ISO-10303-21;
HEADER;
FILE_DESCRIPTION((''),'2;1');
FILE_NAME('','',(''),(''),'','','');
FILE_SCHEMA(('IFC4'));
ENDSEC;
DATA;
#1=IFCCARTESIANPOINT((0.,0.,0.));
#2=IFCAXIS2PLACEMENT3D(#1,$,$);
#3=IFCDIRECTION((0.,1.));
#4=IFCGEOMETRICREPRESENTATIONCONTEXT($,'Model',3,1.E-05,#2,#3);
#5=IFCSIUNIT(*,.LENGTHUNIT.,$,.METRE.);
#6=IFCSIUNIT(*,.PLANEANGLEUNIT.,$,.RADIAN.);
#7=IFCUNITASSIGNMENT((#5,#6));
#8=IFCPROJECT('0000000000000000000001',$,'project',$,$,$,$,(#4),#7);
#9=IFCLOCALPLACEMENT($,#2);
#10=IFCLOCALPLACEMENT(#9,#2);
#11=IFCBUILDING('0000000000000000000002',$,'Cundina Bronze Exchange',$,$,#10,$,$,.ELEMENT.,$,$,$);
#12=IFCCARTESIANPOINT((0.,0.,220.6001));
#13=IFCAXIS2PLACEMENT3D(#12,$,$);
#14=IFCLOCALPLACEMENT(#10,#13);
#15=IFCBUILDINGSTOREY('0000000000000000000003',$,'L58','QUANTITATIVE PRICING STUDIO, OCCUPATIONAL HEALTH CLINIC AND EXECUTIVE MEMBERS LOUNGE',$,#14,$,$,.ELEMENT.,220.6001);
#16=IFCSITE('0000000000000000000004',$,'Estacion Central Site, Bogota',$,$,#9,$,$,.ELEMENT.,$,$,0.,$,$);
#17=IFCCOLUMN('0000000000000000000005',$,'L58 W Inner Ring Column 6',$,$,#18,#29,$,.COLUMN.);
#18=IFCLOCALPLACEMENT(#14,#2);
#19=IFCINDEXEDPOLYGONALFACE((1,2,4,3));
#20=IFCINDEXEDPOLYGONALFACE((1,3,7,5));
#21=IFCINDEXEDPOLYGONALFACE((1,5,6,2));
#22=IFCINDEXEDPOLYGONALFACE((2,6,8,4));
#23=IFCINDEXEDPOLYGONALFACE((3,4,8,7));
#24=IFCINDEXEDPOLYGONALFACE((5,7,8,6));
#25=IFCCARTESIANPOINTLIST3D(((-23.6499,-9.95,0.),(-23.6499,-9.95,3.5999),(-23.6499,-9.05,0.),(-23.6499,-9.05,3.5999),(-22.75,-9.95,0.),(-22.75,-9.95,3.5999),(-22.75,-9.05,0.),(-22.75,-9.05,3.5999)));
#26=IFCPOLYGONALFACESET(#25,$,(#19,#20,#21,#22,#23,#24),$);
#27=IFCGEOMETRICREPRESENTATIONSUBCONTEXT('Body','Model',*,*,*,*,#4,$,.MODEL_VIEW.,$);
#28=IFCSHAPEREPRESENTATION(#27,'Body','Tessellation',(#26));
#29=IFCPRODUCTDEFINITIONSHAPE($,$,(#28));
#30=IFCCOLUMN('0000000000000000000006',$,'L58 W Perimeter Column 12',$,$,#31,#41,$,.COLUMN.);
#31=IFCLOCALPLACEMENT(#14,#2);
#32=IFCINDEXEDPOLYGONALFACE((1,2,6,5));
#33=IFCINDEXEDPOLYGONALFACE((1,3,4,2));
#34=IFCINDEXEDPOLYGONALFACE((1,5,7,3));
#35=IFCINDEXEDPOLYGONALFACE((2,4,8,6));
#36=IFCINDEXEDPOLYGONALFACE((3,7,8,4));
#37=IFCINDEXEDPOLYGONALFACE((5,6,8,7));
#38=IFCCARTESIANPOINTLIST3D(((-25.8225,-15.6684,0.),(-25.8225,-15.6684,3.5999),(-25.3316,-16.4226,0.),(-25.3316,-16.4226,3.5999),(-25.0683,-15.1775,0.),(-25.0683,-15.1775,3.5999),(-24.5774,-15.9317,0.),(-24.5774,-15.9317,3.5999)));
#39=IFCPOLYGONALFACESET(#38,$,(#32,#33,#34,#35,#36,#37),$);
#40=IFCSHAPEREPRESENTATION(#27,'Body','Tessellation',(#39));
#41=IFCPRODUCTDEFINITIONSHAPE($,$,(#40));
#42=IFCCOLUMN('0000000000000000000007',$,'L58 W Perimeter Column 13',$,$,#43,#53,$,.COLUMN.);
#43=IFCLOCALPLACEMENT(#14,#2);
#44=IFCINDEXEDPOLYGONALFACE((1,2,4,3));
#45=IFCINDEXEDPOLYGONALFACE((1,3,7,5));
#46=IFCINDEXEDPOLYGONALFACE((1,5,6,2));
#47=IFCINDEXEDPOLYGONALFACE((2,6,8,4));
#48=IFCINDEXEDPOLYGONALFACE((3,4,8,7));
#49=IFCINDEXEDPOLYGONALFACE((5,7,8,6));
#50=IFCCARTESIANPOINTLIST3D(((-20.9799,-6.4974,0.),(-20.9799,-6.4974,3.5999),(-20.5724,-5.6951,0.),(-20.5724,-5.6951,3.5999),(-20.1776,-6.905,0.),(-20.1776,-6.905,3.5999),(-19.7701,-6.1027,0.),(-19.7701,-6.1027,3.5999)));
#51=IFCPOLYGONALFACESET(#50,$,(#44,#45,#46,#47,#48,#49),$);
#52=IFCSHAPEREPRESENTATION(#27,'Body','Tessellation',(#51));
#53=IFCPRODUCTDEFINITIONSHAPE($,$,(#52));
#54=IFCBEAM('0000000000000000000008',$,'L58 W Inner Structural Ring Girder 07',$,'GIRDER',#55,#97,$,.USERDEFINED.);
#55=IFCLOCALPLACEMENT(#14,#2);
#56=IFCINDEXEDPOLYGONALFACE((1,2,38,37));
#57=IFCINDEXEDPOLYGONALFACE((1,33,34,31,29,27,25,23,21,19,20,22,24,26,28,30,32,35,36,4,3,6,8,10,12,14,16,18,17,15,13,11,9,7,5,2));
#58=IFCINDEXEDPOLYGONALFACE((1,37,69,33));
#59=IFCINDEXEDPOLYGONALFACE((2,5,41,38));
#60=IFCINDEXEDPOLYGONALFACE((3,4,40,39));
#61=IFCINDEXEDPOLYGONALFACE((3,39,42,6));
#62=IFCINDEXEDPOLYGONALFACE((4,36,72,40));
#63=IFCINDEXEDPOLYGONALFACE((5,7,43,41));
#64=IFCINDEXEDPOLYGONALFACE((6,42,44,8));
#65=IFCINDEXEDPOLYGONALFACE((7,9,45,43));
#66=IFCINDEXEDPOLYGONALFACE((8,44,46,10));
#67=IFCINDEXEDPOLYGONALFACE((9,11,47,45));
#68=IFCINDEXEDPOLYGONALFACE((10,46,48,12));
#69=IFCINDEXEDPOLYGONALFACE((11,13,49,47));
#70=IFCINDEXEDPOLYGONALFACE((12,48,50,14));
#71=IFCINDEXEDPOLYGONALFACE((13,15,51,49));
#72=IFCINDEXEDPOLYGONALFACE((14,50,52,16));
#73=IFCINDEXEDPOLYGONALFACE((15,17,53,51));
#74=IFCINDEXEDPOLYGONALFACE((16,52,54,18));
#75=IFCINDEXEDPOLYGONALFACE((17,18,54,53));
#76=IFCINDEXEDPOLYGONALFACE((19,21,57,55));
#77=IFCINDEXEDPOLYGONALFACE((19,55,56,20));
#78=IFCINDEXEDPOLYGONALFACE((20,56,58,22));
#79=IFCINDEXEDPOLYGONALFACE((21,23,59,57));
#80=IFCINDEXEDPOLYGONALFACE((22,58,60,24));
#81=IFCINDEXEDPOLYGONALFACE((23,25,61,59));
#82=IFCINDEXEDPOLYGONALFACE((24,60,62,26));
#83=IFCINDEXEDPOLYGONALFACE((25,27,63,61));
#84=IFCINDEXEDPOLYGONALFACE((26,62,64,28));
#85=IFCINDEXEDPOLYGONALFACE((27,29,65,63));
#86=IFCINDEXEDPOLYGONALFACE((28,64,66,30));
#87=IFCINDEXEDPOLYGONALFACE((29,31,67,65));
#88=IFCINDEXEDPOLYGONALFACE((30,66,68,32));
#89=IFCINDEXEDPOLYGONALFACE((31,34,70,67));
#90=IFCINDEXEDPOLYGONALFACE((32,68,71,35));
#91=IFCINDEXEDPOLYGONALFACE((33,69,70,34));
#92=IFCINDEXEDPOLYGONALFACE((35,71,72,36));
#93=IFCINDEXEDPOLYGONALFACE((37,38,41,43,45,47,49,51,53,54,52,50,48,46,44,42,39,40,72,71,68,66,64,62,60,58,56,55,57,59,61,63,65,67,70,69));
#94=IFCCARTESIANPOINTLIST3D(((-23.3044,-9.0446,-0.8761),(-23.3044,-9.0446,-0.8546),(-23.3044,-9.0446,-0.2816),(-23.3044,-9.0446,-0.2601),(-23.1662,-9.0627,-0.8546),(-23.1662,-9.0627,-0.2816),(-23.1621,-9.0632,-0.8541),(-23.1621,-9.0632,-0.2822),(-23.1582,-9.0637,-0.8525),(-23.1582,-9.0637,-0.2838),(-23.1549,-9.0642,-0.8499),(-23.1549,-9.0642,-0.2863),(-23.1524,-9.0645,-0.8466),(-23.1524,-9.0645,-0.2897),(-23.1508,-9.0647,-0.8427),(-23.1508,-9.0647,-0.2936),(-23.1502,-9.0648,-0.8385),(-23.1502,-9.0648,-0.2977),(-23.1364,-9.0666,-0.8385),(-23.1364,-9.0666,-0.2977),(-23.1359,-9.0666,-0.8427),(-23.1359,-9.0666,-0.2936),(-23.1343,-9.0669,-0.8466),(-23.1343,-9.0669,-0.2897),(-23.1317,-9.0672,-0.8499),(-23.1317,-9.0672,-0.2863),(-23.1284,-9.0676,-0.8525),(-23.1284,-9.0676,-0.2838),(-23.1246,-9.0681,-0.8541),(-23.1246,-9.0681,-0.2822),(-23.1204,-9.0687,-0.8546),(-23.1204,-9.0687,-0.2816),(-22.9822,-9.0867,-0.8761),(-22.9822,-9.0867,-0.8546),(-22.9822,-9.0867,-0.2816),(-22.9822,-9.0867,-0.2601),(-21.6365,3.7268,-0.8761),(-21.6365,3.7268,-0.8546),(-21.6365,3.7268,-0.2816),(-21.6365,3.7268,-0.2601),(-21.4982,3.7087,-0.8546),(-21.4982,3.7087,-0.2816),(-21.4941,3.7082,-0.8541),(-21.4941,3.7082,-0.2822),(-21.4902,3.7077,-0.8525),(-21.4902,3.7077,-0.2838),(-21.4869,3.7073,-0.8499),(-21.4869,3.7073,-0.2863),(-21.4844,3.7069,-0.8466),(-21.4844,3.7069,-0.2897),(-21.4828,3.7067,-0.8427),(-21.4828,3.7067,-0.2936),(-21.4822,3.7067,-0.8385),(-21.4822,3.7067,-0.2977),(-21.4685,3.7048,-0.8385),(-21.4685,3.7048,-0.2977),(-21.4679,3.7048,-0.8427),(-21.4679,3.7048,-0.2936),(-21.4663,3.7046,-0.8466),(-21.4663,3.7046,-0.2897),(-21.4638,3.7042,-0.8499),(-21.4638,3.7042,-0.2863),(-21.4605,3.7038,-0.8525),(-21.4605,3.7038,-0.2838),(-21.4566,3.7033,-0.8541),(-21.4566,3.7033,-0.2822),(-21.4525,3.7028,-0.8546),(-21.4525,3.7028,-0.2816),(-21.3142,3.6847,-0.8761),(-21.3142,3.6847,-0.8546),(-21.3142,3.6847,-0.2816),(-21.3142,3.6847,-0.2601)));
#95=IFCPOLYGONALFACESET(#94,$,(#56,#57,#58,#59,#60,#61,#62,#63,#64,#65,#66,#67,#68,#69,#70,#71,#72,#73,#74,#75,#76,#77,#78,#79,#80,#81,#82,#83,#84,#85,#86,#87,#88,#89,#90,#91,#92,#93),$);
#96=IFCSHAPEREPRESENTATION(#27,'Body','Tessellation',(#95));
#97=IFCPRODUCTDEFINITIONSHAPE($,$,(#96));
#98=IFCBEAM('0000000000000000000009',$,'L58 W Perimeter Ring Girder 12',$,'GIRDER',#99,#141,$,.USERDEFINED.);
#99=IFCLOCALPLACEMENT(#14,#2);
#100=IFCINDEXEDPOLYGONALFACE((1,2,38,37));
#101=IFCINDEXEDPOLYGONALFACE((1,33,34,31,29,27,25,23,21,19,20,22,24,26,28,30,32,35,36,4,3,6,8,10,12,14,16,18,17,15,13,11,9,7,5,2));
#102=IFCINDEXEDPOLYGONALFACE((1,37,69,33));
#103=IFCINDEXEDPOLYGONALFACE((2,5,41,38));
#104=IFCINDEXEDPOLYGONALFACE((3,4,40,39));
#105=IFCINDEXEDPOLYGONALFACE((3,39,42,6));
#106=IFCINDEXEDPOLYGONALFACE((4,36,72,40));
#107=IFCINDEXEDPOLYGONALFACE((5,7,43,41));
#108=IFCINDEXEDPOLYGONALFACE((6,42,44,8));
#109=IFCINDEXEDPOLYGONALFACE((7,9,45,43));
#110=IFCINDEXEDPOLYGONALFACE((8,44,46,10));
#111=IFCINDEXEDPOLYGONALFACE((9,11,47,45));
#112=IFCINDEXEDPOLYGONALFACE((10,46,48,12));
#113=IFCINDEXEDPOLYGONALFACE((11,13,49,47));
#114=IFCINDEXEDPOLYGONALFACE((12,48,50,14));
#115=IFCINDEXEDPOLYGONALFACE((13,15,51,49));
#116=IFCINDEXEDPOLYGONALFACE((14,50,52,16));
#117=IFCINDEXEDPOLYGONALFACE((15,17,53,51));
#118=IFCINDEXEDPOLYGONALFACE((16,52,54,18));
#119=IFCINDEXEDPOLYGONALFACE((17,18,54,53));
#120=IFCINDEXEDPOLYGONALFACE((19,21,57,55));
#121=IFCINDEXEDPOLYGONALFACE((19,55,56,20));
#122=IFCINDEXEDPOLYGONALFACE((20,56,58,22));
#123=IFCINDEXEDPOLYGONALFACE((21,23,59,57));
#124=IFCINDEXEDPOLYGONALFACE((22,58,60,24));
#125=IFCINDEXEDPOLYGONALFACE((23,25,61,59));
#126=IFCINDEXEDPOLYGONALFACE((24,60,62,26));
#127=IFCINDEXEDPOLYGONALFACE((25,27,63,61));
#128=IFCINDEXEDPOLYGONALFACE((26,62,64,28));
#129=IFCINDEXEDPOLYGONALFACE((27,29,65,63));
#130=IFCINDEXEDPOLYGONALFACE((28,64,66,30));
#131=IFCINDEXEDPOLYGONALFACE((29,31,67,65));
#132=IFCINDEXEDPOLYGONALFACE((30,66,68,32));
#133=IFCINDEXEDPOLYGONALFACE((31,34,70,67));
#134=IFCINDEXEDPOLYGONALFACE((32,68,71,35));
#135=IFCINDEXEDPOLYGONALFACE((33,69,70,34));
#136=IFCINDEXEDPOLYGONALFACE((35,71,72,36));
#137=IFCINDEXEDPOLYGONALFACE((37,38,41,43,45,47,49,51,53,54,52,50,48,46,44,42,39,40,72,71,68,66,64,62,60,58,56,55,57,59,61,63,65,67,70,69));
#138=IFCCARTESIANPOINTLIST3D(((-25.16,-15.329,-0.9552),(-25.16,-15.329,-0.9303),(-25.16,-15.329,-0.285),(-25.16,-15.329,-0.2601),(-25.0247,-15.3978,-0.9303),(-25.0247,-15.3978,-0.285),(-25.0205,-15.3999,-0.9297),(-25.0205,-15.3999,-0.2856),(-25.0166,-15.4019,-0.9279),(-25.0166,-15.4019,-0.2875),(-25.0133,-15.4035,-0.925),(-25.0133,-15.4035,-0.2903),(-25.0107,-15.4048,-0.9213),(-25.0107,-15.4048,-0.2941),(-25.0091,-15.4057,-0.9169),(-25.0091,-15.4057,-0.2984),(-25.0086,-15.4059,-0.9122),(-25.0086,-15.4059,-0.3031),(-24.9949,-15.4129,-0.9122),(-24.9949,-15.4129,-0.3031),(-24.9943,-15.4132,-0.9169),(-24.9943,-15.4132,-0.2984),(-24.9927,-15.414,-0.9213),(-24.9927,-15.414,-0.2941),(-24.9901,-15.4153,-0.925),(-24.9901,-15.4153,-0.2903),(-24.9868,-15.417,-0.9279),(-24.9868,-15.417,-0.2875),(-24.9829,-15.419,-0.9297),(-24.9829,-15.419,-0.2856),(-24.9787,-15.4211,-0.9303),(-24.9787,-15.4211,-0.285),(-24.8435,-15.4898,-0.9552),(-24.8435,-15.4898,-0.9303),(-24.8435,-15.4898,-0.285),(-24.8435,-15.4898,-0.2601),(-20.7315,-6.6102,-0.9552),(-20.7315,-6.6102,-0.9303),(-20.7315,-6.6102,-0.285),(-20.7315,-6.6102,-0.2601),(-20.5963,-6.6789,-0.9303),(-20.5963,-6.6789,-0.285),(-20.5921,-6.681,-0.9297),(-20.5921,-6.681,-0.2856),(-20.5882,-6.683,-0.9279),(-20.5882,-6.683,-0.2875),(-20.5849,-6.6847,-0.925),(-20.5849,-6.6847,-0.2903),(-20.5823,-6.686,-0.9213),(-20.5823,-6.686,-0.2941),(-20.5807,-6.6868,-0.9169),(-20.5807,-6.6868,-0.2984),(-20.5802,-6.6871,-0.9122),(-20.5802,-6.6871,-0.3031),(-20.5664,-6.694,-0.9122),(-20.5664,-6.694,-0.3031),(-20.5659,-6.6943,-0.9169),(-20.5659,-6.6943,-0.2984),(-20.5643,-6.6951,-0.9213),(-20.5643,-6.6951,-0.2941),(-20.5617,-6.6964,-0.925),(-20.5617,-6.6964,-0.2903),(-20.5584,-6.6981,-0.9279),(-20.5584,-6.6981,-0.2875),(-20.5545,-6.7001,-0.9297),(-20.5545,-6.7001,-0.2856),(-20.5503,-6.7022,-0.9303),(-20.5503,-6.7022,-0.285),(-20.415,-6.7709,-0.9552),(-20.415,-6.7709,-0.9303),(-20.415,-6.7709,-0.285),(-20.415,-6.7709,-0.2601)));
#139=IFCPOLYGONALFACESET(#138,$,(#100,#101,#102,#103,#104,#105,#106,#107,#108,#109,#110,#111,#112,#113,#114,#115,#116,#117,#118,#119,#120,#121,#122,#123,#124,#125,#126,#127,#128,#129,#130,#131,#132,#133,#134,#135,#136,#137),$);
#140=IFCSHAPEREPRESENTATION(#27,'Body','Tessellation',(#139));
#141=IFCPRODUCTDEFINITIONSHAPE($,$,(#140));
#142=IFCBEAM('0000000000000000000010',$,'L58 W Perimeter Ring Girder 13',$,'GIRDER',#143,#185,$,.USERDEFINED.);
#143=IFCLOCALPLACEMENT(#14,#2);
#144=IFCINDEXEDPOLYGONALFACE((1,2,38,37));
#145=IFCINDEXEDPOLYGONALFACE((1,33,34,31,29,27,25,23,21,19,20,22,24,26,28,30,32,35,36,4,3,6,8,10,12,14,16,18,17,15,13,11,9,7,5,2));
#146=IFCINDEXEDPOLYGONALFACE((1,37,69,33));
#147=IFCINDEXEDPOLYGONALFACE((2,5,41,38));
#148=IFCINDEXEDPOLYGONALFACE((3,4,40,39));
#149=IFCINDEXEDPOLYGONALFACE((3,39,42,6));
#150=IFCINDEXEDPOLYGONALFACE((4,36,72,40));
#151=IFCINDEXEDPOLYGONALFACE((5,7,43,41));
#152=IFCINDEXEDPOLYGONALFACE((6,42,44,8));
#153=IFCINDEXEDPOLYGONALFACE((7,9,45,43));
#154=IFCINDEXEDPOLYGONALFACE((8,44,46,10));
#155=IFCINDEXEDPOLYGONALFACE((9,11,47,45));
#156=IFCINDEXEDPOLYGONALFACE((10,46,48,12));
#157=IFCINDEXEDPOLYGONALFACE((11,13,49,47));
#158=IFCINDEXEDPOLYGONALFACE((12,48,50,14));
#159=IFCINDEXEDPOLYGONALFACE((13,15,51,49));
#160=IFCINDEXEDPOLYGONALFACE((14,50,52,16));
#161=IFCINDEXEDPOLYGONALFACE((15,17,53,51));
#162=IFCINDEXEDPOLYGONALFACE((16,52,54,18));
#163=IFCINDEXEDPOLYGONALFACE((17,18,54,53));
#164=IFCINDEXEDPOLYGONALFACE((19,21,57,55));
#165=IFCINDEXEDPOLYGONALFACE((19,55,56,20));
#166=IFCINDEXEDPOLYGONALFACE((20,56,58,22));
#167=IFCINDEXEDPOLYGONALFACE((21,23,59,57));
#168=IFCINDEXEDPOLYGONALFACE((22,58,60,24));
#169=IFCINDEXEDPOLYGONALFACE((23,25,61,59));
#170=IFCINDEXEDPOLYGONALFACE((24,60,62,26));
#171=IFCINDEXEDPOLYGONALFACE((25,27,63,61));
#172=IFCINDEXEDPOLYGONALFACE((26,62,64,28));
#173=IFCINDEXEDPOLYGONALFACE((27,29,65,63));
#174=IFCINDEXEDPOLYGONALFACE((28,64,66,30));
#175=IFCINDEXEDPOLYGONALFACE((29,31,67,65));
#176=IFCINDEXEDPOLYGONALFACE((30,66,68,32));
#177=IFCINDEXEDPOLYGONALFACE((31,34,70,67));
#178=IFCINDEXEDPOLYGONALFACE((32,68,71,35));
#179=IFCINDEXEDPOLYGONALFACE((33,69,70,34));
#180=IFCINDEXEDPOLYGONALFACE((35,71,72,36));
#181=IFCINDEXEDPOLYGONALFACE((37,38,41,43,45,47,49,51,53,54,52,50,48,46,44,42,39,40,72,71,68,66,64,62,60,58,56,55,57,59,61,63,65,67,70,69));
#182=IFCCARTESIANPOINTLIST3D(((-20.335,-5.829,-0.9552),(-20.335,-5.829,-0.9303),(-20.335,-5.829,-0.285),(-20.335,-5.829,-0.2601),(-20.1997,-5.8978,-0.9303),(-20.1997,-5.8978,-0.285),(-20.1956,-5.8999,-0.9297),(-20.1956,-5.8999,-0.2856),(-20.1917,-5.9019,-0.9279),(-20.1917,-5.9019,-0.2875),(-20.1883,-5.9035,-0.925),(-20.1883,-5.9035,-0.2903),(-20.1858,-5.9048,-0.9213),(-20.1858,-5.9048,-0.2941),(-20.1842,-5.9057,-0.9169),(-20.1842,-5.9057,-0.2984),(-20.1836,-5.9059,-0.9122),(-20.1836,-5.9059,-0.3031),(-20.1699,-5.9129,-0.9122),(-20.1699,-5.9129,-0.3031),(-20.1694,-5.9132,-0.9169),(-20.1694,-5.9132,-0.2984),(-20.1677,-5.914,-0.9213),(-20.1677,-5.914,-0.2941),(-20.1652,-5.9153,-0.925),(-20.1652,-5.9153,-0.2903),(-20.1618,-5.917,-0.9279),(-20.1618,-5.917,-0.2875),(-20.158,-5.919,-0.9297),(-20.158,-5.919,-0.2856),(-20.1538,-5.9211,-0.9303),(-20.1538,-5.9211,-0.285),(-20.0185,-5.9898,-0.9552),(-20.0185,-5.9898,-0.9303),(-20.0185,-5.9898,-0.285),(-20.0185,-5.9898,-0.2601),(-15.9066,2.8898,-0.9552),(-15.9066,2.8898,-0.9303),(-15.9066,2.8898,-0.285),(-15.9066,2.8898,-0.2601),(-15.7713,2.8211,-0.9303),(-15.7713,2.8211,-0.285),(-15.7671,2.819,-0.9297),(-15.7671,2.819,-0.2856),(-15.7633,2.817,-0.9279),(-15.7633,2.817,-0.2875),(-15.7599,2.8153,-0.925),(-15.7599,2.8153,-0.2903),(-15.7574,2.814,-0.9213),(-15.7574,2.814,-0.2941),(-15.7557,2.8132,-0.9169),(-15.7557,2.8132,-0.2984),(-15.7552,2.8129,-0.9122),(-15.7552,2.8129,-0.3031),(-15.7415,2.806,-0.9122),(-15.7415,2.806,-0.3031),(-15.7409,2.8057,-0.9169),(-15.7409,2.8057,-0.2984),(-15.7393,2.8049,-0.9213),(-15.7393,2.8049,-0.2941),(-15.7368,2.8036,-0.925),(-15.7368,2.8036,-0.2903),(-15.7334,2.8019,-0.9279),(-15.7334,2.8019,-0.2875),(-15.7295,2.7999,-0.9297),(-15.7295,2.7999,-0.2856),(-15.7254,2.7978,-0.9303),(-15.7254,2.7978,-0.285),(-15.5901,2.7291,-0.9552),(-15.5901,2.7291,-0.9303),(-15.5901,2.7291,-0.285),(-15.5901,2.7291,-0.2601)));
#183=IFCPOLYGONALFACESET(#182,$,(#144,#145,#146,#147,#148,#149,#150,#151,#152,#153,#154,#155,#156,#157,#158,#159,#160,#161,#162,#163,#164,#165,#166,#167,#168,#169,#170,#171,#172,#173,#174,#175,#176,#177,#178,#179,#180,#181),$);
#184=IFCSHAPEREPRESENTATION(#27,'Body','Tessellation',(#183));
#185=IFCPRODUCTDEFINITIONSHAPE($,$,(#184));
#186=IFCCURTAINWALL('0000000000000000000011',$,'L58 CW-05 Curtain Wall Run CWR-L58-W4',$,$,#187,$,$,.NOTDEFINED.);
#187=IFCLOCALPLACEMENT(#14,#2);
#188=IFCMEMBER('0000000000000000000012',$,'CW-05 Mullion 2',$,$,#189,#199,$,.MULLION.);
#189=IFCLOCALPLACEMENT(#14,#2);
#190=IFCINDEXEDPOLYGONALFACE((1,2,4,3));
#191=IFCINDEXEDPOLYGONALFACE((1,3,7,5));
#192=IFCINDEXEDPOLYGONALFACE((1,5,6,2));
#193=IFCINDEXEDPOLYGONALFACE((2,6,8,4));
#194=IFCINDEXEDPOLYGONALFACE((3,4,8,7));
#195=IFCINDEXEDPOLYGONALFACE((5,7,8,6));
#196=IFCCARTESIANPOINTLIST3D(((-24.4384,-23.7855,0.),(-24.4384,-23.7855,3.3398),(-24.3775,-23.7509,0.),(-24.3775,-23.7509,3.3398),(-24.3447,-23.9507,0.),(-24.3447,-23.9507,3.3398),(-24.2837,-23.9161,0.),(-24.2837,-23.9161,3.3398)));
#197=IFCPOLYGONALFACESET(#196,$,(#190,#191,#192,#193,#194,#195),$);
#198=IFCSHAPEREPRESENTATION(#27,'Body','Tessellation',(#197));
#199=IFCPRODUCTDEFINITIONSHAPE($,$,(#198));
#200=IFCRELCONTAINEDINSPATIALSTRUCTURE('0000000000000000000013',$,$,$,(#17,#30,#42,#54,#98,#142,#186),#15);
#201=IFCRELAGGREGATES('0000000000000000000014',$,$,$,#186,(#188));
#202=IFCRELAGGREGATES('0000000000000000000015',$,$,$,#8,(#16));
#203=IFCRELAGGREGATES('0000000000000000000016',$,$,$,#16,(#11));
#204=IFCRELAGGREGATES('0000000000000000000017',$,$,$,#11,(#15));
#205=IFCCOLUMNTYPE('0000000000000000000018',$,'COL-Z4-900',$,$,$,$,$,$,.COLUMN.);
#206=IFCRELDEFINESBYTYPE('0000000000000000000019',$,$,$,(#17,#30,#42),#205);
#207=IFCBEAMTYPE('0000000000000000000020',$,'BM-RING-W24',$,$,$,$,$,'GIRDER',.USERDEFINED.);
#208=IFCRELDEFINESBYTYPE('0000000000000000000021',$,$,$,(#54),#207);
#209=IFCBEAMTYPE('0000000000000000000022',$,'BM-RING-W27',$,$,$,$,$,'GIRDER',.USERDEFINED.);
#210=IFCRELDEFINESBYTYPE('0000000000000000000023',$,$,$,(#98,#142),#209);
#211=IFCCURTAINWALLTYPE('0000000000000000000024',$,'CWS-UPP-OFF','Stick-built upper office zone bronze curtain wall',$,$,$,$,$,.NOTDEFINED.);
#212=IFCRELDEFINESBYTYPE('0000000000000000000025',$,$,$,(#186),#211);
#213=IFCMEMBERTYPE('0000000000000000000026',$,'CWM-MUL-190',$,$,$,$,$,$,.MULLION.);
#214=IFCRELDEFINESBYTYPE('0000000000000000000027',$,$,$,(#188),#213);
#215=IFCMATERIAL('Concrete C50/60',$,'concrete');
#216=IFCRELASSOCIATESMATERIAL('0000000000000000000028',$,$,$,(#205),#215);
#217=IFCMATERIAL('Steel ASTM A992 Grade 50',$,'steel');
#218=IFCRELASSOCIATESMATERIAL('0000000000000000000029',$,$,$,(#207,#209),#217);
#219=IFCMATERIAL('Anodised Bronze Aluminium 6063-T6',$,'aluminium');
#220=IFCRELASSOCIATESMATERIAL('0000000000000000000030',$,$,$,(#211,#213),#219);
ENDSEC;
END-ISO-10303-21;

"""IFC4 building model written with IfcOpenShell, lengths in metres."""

from ifc_helpers import new_model, si_unit, direction, frame, origin, origin_2d, place, context, subcontext, project, spatial, rectangle, i_section, extrude, material, material_profile, profile_set, type_object, element, aggregate, save


model = new_model("IFC4")

# Units and contexts
model_context = context("Model", 3, precision=1e-05, world=origin(), true_north=direction((0.0, 1.0)))
body_context = subcontext(model_context, "Body", "Model", "MODEL_VIEW")
ifc_project = project(units=[si_unit("LENGTHUNIT", "METRE"), si_unit("PLANEANGLEUNIT", "RADIAN")], contexts=[model_context])

# Site, building, storey
site_placement = place(None, origin())
site = spatial("IfcSite", under=ifc_project, at=site_placement, Name="Estacion Central Site, Bogota", CompositionType="ELEMENT", RefElevation=0.0)
building_placement = place(site_placement, origin())
building = spatial("IfcBuilding", under=site, at=building_placement, Name="Cundina Bronze Exchange", CompositionType="ELEMENT")
storey_placement = place(building_placement, frame((0.0, 0.0, 220.6001)))
storey = spatial("IfcBuildingStorey", under=building, at=storey_placement, Name="L58", Description="QUANTITATIVE PRICING STUDIO, OCCUPATIONAL HEALTH CLINIC AND EXECUTIVE MEMBERS LOUNGE", CompositionType="ELEMENT", Elevation=220.6001)

# Columns
ifc_material_1 = material(Name="Concrete C50/60", Category="concrete")
ifc_material_profile_1 = material_profile(ifc_material_1, rectangle(XDim=0.8999, YDim=0.8999, at=origin_2d()), Name="RC900X900", Category="concrete")
ifc_profile_set_1 = profile_set([ifc_material_profile_1], Name="Concrete C50/60")
column_type = type_object("IfcColumnType", Name="COL-Z4-900", PredefinedType="COLUMN", material=ifc_profile_set_1)
for number, where, z_axis, x_axis, name in (
    (1, (-23.2, -9.5, 0.0), (0.0, 0.0, 1.0), (1.0, 0.0, 0.0), "L58 W Inner Ring Column 6"),
    (2, (-25.2, -15.8, 0.0), (0.0, 0.0, 1.0), (0.8381, 0.545517, 0.0), "L58 W Perimeter Column 12"),
    (3, (-20.375, -6.3, 0.0), (0.0, 0.0, 1.0), (0.452902, 0.891561, 0.0), "L58 W Perimeter Column 13"),
):
    element("IfcColumn", number, at=place(storey_placement, frame(where, z_axis=z_axis, x_axis=x_axis)), inside=storey, type_object=column_type, Name=name, PredefinedType="COLUMN", context=body_context, shape_type="SweptSolid", body=[
        extrude(rectangle(XDim=0.8999, YDim=0.8999, at=origin_2d()), origin(), (0.0, 0.0, 1.0), 3.5999),
    ])

# Beams
ifc_material_2 = material(Name="Steel ASTM A992 Grade 50", Category="steel")
ifc_material_profile_2 = material_profile(ifc_material_2, i_section(OverallWidth=0.325, OverallDepth=0.616, WebThickness=0.0139, FlangeThickness=0.0215, FilletRadius=0.0161, at=origin_2d()), Name="W24X117", Category="steel")
ifc_profile_set_2 = profile_set([ifc_material_profile_2], Name="Steel ASTM A992 Grade 50")
beam_type_1 = type_object("IfcBeamType", Name="BM-RING-W24", ElementType="GIRDER", PredefinedType="USERDEFINED", material=ifc_profile_set_2)
beam_placement = place(storey_placement, frame((-23.1433, -9.0657, -0.5681), z_axis=(0.129501, 0.991579, 0.0), x_axis=(-0.991579, 0.129501, 0.0)))
element("IfcBeam", 4, at=beam_placement, inside=storey, type_object=beam_type_1, Name="L58 W Inner Structural Ring Girder 07", ObjectType="GIRDER", PredefinedType="USERDEFINED", context=body_context, shape_type="SweptSolid", body=[
    extrude(i_section(OverallWidth=0.325, OverallDepth=0.616, WebThickness=0.0139, FlangeThickness=0.0215, FilletRadius=0.0161, at=origin_2d()), origin(), (0.0, 0.0, 1.0), 12.8799),
])
ifc_material_profile_3 = material_profile(ifc_material_2, i_section(OverallWidth=0.355, OverallDepth=0.6951, WebThickness=0.0154, FlangeThickness=0.0249, FilletRadius=0.0181, at=origin_2d()), Name="W27X146", Category="steel")
ifc_profile_set_3 = profile_set([ifc_material_profile_3], Name="Steel ASTM A992 Grade 50")
beam_type_2 = type_object("IfcBeamType", Name="BM-RING-W27", ElementType="GIRDER", PredefinedType="USERDEFINED", material=ifc_profile_set_3)
for number, where, z_axis, x_axis, name in (
    (5, (-25.0017, -15.4094, -0.6077), (0.452847, 0.891588, 0.0), (-0.891588, 0.452847, 0.0), "L58 W Perimeter Ring Girder 12"),
    (6, (-20.1768, -5.9094, -0.6077), (0.452847, 0.891588, 0.0), (-0.891588, 0.452847, 0.0), "L58 W Perimeter Ring Girder 13"),
):
    element("IfcBeam", number, at=place(storey_placement, frame(where, z_axis=z_axis, x_axis=x_axis)), inside=storey, type_object=beam_type_2, Name=name, ObjectType="GIRDER", PredefinedType="USERDEFINED", context=body_context, shape_type="SweptSolid", body=[
        extrude(i_section(OverallWidth=0.355, OverallDepth=0.6951, WebThickness=0.0154, FlangeThickness=0.0249, FilletRadius=0.0181, at=origin_2d()), origin(), (0.0, 0.0, 1.0), 9.7791),
    ])

# Curtain wall, member
ifc_material_3 = material(Name="Anodised Bronze Aluminium 6063-T6", Category="aluminium")
curtain_wall_type = type_object("IfcCurtainWallType", Name="CWS-UPP-OFF", Description="Stick-built upper office zone bronze curtain wall", PredefinedType="NOTDEFINED", material=ifc_material_3)
curtain_wall_placement = place(storey_placement, origin())
curtain_wall = element("IfcCurtainWall", 7, at=curtain_wall_placement, inside=storey, type_object=curtain_wall_type, Name="L58 CW-05 Curtain Wall Run CWR-L58-W4", PredefinedType="NOTDEFINED")
ifc_material_profile_4 = material_profile(ifc_material_3, rectangle(XDim=0.0701, YDim=0.1899, at=origin_2d()), Name="AL70X190", Category="aluminium")
ifc_profile_set_4 = profile_set([ifc_material_profile_4], Name="Anodised Bronze Aluminium 6063-T6")
member_type_1 = type_object("IfcMemberType", Name="CWM-MUL-190", PredefinedType="MULLION", material=ifc_profile_set_4)
member_1_placement = place(storey_placement, frame((-24.3611, -23.8508, 0.0), z_axis=(0.0, 0.0, 1.0), x_axis=(0.869581, 0.49379, 0.0)))
member_1 = element("IfcMember", 8, at=member_1_placement, type_object=member_type_1, Name="CW-05 Mullion 2", PredefinedType="MULLION", context=body_context, shape_type="SweptSolid", body=[
    extrude(rectangle(XDim=0.0701, YDim=0.1899, at=origin_2d()), origin(), (0.0, 0.0, 1.0), 3.3398),
])
aggregate(curtain_wall, [member_1])

save(model, "model.ifc")
